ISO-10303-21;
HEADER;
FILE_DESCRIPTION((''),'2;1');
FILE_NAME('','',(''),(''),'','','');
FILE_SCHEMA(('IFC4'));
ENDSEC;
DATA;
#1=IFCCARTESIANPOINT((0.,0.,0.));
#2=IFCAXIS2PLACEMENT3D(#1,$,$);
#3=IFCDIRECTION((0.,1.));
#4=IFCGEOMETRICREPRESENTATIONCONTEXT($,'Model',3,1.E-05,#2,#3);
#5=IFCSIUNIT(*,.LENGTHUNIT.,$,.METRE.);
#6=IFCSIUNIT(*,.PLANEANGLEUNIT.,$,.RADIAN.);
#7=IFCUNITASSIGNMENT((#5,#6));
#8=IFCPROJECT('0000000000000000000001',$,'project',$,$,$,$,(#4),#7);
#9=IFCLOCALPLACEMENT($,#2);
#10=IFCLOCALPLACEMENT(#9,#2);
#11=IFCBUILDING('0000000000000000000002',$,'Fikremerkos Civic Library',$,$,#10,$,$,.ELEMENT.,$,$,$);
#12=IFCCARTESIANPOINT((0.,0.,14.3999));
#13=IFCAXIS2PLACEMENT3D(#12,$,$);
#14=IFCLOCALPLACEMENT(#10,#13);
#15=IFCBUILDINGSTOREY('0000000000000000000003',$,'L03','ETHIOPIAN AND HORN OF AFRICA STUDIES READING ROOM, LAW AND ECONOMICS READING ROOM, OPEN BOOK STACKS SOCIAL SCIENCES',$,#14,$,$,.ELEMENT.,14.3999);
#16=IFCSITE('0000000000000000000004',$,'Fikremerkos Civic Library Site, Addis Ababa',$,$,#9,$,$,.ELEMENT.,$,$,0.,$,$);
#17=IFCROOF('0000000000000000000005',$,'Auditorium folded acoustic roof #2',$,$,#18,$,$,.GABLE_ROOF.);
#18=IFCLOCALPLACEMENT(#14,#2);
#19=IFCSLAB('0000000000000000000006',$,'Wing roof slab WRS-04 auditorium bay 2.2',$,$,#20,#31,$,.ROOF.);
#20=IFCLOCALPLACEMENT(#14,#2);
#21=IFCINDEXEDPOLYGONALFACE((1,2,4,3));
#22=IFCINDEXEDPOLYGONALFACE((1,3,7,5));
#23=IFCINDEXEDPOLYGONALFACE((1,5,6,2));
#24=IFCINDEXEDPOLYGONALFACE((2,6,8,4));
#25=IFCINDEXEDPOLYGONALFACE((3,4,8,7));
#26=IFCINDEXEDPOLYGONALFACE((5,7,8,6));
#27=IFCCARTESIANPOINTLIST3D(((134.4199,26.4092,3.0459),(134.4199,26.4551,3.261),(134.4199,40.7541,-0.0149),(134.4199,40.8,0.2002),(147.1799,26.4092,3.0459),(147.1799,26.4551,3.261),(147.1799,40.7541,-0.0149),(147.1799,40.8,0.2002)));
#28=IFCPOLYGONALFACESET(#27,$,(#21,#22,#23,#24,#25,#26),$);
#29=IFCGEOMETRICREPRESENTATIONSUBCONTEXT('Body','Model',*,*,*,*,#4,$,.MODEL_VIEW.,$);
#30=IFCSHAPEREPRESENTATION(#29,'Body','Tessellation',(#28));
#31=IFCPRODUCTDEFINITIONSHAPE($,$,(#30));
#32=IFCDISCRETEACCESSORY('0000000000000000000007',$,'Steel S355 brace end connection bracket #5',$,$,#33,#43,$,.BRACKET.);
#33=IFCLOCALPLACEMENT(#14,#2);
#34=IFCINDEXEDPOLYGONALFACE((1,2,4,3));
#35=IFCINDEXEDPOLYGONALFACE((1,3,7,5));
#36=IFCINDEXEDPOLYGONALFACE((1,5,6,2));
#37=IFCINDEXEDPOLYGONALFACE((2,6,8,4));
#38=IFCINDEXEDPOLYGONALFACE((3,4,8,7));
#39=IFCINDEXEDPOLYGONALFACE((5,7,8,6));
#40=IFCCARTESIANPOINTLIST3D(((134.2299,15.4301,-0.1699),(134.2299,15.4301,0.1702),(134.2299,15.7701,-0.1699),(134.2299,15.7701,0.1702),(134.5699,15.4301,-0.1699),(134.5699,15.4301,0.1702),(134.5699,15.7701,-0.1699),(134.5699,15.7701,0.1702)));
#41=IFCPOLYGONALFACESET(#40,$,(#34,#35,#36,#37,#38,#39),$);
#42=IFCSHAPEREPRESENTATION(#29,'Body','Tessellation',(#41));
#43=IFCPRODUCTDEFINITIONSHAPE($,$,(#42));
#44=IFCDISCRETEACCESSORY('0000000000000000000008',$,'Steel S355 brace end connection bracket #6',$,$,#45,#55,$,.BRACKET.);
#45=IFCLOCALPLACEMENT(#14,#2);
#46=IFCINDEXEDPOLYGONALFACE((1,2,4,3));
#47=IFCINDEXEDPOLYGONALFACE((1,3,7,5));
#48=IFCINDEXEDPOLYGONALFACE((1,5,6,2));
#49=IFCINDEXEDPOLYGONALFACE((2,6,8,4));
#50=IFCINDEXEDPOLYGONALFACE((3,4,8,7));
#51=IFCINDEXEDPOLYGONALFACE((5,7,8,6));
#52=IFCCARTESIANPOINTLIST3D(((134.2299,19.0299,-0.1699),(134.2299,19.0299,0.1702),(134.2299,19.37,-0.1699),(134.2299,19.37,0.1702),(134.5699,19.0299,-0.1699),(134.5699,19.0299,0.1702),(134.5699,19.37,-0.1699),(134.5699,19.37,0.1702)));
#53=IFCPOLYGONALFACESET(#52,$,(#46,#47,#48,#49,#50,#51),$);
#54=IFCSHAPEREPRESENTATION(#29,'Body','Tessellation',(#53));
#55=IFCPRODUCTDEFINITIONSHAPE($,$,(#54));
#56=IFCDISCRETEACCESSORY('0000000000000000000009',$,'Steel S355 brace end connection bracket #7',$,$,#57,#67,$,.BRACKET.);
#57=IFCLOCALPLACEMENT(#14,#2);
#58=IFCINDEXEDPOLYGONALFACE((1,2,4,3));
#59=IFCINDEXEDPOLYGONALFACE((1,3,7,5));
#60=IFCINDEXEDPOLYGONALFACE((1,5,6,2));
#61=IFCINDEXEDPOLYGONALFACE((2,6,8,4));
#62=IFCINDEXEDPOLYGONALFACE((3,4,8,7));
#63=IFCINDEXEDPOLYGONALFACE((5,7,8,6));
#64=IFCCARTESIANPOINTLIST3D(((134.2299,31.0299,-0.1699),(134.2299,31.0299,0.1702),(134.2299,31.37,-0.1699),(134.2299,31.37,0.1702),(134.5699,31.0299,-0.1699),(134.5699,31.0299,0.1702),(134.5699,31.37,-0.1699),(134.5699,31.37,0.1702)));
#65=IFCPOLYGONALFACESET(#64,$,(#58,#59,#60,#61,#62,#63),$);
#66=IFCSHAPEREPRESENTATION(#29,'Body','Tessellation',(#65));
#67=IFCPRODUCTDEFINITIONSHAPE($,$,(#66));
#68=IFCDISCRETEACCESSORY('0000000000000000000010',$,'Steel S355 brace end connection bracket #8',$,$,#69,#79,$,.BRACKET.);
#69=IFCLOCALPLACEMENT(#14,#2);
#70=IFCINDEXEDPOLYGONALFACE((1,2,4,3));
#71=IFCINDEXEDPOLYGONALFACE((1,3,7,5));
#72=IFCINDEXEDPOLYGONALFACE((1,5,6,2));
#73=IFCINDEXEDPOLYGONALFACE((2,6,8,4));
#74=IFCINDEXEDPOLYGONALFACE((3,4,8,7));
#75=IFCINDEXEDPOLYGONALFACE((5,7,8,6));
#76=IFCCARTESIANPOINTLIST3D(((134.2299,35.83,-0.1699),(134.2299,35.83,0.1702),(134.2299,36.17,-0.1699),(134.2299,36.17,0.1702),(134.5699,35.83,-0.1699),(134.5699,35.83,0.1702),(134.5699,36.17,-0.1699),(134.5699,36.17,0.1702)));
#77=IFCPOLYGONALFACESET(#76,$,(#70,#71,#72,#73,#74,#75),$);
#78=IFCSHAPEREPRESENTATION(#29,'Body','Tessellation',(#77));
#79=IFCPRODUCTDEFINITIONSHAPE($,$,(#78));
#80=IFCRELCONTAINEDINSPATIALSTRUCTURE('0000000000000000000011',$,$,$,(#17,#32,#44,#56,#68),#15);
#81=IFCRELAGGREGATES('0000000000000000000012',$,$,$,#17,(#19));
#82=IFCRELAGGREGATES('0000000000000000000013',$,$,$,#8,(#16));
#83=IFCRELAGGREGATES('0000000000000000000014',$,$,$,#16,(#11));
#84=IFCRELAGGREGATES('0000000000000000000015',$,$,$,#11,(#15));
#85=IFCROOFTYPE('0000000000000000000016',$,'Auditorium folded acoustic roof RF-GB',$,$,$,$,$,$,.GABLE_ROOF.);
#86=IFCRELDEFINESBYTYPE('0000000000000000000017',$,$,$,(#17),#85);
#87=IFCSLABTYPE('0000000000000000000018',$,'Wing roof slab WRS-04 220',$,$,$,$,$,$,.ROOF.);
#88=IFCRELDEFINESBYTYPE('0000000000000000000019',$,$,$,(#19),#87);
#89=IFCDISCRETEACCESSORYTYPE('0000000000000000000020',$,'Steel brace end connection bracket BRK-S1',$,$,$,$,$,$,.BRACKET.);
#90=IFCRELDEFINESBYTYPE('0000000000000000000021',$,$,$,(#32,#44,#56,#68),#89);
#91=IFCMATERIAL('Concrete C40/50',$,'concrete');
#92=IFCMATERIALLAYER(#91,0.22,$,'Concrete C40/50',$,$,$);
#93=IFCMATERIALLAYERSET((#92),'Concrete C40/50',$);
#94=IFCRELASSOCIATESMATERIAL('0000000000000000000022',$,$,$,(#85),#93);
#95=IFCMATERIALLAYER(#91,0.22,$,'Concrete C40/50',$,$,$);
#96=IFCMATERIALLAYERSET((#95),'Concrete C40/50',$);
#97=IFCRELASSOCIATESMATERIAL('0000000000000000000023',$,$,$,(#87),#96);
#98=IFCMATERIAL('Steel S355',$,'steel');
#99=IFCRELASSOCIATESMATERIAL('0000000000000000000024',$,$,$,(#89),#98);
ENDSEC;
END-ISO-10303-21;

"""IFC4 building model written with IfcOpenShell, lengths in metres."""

from ifc_helpers import new_model, si_unit, direction, frame, origin, origin_2d, place, context, subcontext, project, spatial, polyline, rectangle, outline, extrude, material, layer, layer_set, type_object, element, aggregate, save


model = new_model("IFC4")

# Units and contexts
model_context = context("Model", 3, precision=1e-05, world=origin(), true_north=direction((0.0, 1.0)))
body_context = subcontext(model_context, "Body", "Model", "MODEL_VIEW")
ifc_project = project(units=[si_unit("LENGTHUNIT", "METRE"), si_unit("PLANEANGLEUNIT", "RADIAN")], contexts=[model_context])

# Site, building, storey
site_placement = place(None, origin())
site = spatial("IfcSite", under=ifc_project, at=site_placement, Name="Fikremerkos Civic Library Site, Addis Ababa", CompositionType="ELEMENT", RefElevation=0.0)
building_placement = place(site_placement, origin())
building = spatial("IfcBuilding", under=site, at=building_placement, Name="Fikremerkos Civic Library", CompositionType="ELEMENT")
storey_placement = place(building_placement, frame((0.0, 0.0, 14.3999)))
storey = spatial("IfcBuildingStorey", under=building, at=storey_placement, Name="L03", Description="ETHIOPIAN AND HORN OF AFRICA STUDIES READING ROOM, LAW AND ECONOMICS READING ROOM, OPEN BOOK STACKS SOCIAL SCIENCES", CompositionType="ELEMENT", Elevation=14.3999)

# Shared definitions
ifc_material_1 = material(Name="Steel S355", Category="steel")

# Roof, slab
ifc_material_2 = material(Name="Concrete C40/50", Category="concrete")
ifc_layer_1 = layer(ifc_material_2, 0.22, Name="Concrete C40/50")
ifc_layer_set_1 = layer_set([ifc_layer_1], Name="Concrete C40/50")
roof_type = type_object("IfcRoofType", Name="Auditorium folded acoustic roof RF-GB", PredefinedType="GABLE_ROOF", material=ifc_layer_set_1)
roof_placement = place(storey_placement, origin())
roof = element("IfcRoof", 1, at=roof_placement, inside=storey, type_object=roof_type, Name="Auditorium folded acoustic roof #2", PredefinedType="GABLE_ROOF")
ifc_layer_2 = layer(ifc_material_2, 0.22, Name="Concrete C40/50")
ifc_layer_set_2 = layer_set([ifc_layer_2], Name="Concrete C40/50")
slab_type = type_object("IfcSlabType", Name="Wing roof slab WRS-04 220", PredefinedType="ROOF", material=ifc_layer_set_2)
slab_1_placement = place(storey_placement, frame((134.4199, 26.4551, 3.261), z_axis=(0.0, 0.208673, 0.977985), x_axis=(1.0, 0.0, 0.0)))
slab_1 = element("IfcSlab", 2, at=slab_1_placement, type_object=slab_type, Name="Wing roof slab WRS-04 auditorium bay 2.2", PredefinedType="ROOF", context=body_context, shape_type="SweptSolid", body=[
    extrude(outline(polyline([(0.0, 0.0), (12.76, 0.0), (12.76, 14.6679), (0.0, 14.6679), (0.0, 0.0)])), origin(), (0.0, 0.0, -1.0), 0.22),
])
aggregate(roof, [slab_1])

# Discrete accessories
discrete_accessory_type = type_object("IfcDiscreteAccessoryType", Name="Steel brace end connection bracket BRK-S1", PredefinedType="BRACKET", material=ifc_material_1)
for number, where, z_axis, x_axis, name in (
    (3, (134.3999, 15.6001, -0.1699), (0.0, 0.0, 1.0), (1.0, 0.0, 0.0), "Steel S355 brace end connection bracket #5"),
    (4, (134.3999, 19.2, -0.1699), (0.0, 0.0, 1.0), (1.0, 0.0, 0.0), "Steel S355 brace end connection bracket #6"),
    (5, (134.3999, 31.2, -0.1699), (0.0, 0.0, 1.0), (1.0, 0.0, 0.0), "Steel S355 brace end connection bracket #7"),
    (6, (134.3999, 36.0, -0.1699), (0.0, 0.0, 1.0), (1.0, 0.0, 0.0), "Steel S355 brace end connection bracket #8"),
):
    element("IfcDiscreteAccessory", number, at=place(storey_placement, frame(where, z_axis=z_axis, x_axis=x_axis)), inside=storey, type_object=discrete_accessory_type, Name=name, PredefinedType="BRACKET", context=body_context, shape_type="SweptSolid", body=[
        extrude(rectangle(XDim=0.3401, YDim=0.3401, at=origin_2d()), origin(), (0.0, 0.0, 1.0), 0.3401),
    ])

save(model, "model.ifc")
